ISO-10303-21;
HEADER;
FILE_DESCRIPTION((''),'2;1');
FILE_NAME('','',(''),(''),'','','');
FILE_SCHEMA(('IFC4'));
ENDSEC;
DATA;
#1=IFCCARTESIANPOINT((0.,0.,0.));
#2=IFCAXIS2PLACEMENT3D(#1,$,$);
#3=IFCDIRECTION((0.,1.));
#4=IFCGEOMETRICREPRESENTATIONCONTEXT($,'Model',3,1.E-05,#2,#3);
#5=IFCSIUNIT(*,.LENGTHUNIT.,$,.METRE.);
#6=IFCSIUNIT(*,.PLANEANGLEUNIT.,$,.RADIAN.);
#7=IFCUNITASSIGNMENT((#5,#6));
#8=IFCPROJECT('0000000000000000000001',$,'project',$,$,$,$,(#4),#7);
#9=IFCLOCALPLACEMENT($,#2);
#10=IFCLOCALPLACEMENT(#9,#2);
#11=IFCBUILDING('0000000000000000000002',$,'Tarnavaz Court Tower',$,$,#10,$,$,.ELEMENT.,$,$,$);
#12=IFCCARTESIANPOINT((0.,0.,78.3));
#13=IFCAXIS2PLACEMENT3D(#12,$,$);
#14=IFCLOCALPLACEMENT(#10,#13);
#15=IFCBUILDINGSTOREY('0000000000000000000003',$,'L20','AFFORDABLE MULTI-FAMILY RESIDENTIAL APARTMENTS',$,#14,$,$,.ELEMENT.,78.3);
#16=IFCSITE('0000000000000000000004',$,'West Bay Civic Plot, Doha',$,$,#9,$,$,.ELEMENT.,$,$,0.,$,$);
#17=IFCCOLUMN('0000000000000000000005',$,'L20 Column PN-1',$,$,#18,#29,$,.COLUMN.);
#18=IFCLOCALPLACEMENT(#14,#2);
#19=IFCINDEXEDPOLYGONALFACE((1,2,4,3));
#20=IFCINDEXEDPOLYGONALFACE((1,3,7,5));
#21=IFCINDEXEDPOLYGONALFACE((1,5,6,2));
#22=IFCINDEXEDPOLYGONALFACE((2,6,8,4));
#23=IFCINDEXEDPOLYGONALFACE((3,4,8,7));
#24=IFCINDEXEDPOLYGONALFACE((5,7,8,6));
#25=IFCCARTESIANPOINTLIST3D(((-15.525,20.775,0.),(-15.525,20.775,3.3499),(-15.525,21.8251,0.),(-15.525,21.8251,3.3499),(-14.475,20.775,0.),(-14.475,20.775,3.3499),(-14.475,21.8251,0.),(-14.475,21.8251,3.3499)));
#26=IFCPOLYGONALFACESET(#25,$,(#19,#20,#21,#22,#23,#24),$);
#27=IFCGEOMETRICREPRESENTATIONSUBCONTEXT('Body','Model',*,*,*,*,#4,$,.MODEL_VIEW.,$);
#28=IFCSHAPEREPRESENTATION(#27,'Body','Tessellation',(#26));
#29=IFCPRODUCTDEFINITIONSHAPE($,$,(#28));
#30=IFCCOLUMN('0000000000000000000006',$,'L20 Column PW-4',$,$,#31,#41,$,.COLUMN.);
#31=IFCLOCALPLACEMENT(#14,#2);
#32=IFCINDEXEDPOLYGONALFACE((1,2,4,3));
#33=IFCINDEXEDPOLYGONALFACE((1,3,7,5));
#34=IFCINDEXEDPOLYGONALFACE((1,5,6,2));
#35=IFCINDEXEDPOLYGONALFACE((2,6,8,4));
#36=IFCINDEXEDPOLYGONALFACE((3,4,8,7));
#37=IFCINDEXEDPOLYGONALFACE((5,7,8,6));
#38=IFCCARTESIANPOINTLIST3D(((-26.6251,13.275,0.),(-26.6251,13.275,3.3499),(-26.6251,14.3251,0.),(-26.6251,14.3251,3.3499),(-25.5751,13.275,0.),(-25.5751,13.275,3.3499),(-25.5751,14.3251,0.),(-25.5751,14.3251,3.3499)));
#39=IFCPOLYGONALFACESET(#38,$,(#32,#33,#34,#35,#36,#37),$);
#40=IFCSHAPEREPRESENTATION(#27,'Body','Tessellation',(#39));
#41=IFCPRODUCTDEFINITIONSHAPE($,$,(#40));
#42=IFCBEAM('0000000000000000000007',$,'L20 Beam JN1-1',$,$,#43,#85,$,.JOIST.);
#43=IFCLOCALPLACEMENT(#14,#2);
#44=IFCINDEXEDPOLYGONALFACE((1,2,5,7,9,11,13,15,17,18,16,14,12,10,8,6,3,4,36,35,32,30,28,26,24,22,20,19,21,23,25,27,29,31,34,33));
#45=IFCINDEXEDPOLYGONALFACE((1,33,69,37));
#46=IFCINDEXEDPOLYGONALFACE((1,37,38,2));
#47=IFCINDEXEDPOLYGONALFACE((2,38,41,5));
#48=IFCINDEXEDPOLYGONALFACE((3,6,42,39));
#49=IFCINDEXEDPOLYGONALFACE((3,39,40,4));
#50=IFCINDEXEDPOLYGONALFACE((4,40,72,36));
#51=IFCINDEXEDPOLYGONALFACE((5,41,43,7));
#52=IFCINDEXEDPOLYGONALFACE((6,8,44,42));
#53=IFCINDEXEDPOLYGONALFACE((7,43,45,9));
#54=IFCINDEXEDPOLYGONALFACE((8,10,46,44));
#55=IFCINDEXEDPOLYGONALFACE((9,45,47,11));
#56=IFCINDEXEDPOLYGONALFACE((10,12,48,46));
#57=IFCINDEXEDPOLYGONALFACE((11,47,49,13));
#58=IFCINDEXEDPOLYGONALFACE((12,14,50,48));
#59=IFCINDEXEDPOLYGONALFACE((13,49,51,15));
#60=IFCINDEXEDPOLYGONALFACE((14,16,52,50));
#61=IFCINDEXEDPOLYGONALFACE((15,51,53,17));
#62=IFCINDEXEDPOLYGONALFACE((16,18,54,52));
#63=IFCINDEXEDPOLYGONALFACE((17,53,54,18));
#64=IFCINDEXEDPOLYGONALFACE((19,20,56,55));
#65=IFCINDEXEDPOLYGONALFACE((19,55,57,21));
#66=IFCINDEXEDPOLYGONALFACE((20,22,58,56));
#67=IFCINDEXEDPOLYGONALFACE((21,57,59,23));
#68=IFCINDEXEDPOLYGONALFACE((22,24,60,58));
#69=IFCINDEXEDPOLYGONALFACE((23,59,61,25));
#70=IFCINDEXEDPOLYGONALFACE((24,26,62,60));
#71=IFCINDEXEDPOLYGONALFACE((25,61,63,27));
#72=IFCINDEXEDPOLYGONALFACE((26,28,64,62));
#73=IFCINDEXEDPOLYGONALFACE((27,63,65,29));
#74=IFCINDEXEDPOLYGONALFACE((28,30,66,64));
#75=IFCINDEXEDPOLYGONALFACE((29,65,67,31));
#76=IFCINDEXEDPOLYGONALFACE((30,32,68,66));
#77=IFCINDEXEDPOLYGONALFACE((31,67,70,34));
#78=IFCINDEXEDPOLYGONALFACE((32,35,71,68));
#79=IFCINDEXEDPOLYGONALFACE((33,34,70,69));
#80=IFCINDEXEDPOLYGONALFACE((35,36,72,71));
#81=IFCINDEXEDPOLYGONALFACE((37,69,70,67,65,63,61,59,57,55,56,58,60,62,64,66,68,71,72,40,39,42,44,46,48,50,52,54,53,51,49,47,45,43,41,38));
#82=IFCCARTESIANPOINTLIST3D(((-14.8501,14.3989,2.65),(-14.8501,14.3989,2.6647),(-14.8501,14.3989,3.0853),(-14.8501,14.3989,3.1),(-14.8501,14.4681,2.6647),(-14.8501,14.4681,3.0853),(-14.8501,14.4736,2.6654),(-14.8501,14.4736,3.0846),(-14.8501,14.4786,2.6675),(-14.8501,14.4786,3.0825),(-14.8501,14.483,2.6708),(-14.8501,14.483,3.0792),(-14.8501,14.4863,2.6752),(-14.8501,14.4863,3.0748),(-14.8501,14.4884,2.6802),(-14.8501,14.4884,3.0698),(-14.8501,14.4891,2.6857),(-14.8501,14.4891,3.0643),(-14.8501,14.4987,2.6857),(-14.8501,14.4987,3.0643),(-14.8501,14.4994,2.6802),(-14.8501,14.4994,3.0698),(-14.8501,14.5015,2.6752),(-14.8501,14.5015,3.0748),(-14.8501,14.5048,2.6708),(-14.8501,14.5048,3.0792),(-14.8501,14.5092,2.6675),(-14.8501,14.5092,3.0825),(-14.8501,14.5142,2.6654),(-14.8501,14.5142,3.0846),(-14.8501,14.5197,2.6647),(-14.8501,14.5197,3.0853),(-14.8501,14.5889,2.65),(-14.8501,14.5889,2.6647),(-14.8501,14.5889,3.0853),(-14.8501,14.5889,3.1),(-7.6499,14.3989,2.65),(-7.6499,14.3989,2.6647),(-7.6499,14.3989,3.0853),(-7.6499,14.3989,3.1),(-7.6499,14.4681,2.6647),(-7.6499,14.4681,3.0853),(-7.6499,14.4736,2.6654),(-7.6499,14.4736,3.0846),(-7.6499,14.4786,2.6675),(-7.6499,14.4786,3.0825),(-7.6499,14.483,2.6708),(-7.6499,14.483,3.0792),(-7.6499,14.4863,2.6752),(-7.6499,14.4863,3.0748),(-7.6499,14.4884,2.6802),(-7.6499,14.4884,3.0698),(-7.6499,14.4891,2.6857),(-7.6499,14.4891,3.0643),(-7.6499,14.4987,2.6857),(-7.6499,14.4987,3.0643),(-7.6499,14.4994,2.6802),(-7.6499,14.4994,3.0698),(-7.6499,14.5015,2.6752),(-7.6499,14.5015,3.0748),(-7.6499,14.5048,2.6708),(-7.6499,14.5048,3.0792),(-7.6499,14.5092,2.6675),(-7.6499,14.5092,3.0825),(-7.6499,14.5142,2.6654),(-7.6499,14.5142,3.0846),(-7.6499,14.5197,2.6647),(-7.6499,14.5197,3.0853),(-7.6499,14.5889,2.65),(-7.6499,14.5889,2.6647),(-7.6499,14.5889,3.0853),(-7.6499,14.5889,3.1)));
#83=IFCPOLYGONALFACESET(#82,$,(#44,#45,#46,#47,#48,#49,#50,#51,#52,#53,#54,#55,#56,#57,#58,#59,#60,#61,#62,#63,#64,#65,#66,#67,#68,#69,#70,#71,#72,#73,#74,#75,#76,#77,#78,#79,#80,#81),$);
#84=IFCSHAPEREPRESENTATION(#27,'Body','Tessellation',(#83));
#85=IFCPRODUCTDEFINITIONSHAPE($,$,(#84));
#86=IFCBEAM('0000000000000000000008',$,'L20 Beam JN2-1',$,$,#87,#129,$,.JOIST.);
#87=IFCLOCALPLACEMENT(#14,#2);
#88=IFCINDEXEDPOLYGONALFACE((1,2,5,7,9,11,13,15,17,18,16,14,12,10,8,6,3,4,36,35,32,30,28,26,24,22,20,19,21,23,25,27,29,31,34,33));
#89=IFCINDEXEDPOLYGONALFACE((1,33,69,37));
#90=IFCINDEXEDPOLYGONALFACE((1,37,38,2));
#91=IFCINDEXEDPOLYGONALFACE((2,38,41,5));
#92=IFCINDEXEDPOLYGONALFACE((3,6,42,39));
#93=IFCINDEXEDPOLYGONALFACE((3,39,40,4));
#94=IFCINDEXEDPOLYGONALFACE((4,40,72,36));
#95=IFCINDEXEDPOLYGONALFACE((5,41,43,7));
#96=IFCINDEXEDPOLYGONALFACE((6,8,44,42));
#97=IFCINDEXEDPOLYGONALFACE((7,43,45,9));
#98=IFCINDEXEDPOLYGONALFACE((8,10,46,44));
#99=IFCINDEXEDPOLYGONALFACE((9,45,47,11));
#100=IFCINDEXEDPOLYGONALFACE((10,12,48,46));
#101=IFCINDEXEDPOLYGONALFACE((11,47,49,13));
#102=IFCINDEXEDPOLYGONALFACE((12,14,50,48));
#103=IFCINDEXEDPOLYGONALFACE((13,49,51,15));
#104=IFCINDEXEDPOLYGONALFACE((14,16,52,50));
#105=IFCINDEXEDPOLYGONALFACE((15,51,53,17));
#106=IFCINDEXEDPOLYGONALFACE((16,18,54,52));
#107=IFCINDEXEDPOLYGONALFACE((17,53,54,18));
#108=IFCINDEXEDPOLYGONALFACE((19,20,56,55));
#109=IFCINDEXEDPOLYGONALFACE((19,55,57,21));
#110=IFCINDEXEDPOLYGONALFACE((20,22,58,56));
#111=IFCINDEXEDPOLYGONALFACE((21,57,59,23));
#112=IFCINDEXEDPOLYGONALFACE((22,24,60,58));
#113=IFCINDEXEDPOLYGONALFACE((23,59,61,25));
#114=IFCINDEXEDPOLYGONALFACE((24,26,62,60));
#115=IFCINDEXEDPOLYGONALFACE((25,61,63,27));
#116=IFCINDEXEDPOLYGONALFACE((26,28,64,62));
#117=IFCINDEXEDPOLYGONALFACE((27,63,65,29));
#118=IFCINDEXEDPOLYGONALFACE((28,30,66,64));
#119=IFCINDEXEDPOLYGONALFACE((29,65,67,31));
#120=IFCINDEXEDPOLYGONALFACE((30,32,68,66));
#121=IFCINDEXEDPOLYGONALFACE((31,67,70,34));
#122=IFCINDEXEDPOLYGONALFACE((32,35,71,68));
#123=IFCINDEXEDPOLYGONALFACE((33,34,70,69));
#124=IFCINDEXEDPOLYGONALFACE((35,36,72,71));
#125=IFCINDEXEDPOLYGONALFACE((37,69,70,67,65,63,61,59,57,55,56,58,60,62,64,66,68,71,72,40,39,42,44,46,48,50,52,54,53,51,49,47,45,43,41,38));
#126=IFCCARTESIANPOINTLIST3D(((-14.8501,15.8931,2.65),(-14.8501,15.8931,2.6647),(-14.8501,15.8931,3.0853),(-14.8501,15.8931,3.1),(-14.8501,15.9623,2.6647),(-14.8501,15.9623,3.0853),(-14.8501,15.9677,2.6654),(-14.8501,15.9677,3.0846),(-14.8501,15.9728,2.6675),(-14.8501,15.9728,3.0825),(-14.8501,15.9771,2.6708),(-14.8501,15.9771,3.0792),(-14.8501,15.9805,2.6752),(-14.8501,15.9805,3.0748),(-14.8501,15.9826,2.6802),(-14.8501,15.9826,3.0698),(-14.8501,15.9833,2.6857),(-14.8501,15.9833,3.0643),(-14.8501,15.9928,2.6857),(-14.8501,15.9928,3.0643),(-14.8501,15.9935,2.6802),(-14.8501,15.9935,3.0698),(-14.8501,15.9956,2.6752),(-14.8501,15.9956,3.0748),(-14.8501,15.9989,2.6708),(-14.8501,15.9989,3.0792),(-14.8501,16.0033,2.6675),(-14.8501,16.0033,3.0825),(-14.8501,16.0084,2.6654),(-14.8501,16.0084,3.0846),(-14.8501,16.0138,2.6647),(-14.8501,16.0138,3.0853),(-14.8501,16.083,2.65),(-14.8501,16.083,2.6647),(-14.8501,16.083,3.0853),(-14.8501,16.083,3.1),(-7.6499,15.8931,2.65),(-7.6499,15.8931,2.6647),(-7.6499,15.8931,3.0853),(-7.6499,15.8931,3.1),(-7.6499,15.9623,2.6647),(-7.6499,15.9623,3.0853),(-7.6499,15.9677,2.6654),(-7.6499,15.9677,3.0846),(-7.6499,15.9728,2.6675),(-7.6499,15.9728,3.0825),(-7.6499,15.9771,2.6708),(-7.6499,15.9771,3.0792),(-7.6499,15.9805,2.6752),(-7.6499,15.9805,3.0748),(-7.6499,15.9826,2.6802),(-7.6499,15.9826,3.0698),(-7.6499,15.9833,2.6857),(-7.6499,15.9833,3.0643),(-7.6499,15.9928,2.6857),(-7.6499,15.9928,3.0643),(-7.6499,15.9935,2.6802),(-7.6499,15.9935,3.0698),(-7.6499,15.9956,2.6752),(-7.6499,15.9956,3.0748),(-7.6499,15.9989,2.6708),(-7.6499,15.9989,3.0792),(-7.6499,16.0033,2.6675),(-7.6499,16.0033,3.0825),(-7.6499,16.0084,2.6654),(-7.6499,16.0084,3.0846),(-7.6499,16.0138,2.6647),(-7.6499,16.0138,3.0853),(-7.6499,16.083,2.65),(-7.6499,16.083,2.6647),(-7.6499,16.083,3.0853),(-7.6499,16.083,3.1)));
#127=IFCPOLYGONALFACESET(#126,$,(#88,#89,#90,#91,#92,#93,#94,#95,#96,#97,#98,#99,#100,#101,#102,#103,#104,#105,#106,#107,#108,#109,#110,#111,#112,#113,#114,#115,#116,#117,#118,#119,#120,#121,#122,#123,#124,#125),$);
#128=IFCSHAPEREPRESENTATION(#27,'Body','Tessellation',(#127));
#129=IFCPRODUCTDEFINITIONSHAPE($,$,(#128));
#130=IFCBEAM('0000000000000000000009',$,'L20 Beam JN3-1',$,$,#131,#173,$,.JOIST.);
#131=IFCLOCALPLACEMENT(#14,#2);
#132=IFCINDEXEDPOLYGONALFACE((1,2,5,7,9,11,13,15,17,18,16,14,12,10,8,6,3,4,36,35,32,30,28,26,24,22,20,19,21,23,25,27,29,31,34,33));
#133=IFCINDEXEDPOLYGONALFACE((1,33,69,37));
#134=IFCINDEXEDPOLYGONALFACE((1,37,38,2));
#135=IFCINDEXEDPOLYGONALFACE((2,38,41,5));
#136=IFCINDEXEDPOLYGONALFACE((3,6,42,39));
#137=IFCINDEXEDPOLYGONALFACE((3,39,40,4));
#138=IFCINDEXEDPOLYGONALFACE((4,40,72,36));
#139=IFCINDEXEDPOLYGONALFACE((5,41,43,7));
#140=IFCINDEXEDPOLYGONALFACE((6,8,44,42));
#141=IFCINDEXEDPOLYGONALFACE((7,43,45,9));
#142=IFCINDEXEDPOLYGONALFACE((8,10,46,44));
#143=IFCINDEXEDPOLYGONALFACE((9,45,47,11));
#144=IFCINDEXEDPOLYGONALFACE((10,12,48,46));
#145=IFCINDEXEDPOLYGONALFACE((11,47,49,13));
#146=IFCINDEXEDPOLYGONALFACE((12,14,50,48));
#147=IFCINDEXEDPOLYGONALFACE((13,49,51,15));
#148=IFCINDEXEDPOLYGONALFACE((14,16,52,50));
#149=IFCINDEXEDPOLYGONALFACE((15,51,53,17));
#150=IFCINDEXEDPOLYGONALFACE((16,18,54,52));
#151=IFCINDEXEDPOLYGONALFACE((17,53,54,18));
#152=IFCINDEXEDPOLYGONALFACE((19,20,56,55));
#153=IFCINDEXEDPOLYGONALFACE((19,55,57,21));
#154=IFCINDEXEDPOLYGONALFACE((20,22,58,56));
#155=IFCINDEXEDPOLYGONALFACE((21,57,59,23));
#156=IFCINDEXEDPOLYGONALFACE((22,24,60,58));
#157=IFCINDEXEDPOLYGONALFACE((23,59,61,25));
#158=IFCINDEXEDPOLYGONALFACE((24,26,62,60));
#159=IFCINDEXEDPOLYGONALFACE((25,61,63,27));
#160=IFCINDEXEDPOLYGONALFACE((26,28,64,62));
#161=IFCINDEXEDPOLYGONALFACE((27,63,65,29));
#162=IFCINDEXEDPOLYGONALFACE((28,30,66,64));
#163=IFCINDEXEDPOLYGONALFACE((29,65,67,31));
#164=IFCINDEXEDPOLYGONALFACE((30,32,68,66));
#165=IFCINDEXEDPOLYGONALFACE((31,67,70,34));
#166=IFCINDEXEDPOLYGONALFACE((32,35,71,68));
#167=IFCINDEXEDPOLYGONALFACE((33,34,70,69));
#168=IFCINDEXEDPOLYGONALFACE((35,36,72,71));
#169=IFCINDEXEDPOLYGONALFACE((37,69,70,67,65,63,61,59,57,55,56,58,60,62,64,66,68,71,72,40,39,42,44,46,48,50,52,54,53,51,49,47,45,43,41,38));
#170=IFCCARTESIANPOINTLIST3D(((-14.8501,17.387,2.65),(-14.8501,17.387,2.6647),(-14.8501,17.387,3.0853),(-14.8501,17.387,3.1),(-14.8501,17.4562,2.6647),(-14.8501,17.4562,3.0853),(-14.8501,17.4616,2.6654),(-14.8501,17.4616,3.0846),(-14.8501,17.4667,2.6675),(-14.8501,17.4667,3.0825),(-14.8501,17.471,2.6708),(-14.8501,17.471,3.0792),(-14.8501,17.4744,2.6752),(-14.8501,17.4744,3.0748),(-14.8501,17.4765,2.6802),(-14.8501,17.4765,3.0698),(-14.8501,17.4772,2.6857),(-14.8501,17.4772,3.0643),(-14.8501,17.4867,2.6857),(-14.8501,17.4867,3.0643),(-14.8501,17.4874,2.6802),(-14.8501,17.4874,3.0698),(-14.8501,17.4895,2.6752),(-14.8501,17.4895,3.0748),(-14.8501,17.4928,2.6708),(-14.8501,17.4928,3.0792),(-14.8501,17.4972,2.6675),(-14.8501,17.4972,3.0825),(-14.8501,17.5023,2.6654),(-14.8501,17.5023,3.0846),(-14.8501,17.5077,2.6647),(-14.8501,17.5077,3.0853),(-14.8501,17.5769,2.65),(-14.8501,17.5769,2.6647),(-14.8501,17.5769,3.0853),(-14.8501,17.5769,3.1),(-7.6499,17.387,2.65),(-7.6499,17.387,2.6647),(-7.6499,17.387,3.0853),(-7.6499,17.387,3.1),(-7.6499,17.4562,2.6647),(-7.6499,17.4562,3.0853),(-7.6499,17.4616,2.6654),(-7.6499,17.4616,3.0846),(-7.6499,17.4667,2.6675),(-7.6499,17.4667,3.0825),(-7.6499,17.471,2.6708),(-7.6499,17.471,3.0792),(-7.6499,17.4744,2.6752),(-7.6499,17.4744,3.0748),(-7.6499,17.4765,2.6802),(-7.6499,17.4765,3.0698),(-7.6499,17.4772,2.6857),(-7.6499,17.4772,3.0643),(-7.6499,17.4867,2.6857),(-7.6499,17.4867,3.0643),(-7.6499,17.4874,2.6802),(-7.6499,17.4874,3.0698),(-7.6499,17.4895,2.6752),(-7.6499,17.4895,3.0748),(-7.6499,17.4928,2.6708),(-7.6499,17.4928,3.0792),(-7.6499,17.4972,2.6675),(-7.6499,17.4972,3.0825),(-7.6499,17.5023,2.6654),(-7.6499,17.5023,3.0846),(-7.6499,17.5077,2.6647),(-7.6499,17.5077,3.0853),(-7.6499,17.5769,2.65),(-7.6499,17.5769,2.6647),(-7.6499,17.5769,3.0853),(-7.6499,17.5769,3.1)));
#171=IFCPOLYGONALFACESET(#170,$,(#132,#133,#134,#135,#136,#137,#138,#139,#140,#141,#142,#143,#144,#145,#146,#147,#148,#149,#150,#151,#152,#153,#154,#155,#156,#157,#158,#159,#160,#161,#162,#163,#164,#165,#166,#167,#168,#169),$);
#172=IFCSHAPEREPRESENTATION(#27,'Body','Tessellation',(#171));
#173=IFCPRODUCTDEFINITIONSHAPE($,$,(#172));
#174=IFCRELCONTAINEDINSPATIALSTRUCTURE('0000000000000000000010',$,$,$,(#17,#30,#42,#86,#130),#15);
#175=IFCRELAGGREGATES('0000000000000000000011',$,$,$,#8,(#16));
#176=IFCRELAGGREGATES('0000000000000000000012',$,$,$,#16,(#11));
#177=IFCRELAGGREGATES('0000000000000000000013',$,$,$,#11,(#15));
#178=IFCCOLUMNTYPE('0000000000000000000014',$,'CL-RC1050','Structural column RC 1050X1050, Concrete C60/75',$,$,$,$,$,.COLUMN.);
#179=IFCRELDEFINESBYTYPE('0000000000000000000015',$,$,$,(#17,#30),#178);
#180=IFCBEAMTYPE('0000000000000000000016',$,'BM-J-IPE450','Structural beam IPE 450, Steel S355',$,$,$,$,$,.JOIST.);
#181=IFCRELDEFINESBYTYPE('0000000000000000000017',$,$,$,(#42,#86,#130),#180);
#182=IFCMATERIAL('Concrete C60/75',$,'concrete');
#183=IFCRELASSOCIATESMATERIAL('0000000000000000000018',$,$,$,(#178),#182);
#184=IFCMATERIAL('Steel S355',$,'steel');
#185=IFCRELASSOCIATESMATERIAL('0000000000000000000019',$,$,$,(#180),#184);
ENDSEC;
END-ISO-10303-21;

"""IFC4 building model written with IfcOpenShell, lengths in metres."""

from ifc_helpers import new_model, si_unit, direction, frame, origin, origin_2d, place, context, subcontext, project, spatial, rectangle, i_section, extrude, material, material_profile, profile_set, type_object, element, save


model = new_model("IFC4")

# Units and contexts
model_context = context("Model", 3, precision=1e-05, world=origin(), true_north=direction((0.0, 1.0)))
body_context = subcontext(model_context, "Body", "Model", "MODEL_VIEW")
ifc_project = project(units=[si_unit("LENGTHUNIT", "METRE"), si_unit("PLANEANGLEUNIT", "RADIAN")], contexts=[model_context])

# Site, building, storey
site_placement = place(None, origin())
site = spatial("IfcSite", under=ifc_project, at=site_placement, Name="West Bay Civic Plot, Doha", CompositionType="ELEMENT", RefElevation=0.0)
building_placement = place(site_placement, origin())
building = spatial("IfcBuilding", under=site, at=building_placement, Name="Tarnavaz Court Tower", CompositionType="ELEMENT")
storey_placement = place(building_placement, frame((0.0, 0.0, 78.3)))
storey = spatial("IfcBuildingStorey", under=building, at=storey_placement, Name="L20", Description="AFFORDABLE MULTI-FAMILY RESIDENTIAL APARTMENTS", CompositionType="ELEMENT", Elevation=78.3)

# Columns
ifc_material_1 = material(Name="Concrete C60/75", Category="concrete")
ifc_material_profile_1 = material_profile(ifc_material_1, rectangle(XDim=1.05, YDim=1.05, at=origin_2d()), Name="RC 1050X1050")
ifc_profile_set_1 = profile_set([ifc_material_profile_1], Name="Concrete C60/75")
column_type = type_object("IfcColumnType", Name="CL-RC1050", Description="Structural column RC 1050X1050, Concrete C60/75", PredefinedType="COLUMN", material=ifc_profile_set_1)
for number, where, z_axis, x_axis, name in (
    (1, (-15.0, 21.3, 0.0), (0.0, 0.0, 1.0), (1.0, 0.0, 0.0), "L20 Column PN-1"),
    (2, (-26.1001, 13.8, 0.0), (0.0, 0.0, 1.0), (1.0, 0.0, 0.0), "L20 Column PW-4"),
):
    element("IfcColumn", number, at=place(storey_placement, frame(where, z_axis=z_axis, x_axis=x_axis)), inside=storey, type_object=column_type, Name=name, PredefinedType="COLUMN", context=body_context, shape_type="SweptSolid", body=[
        extrude(rectangle(XDim=1.05, YDim=1.05, at=origin_2d()), origin(), (0.0, 0.0, 1.0), 3.3499),
    ])

# Beams
ifc_material_2 = material(Name="Steel S355", Category="steel")
ifc_material_profile_2 = material_profile(ifc_material_2, i_section(OverallWidth=0.1899, OverallDepth=0.45, WebThickness=0.0095, FlangeThickness=0.0146, FilletRadius=0.021, at=origin_2d()), Name="IPE 450")
ifc_profile_set_2 = profile_set([ifc_material_profile_2], Name="Steel S355")
beam_type_1 = type_object("IfcBeamType", Name="BM-J-IPE450", Description="Structural beam IPE 450, Steel S355", PredefinedType="JOIST", material=ifc_profile_set_2)
for number, where, z_axis, x_axis, name in (
    (3, (-14.8501, 14.4939, 2.875), (1.0, 0.0, 0.0), (0.0, 1.0, 0.0), "L20 Beam JN1-1"),
    (4, (-14.8501, 15.988, 2.875), (1.0, 0.0, 0.0), (0.0, 1.0, 0.0), "L20 Beam JN2-1"),
    (5, (-14.8501, 17.4819, 2.875), (1.0, 0.0, 0.0), (0.0, 1.0, 0.0), "L20 Beam JN3-1"),
):
    element("IfcBeam", number, at=place(storey_placement, frame(where, z_axis=z_axis, x_axis=x_axis)), inside=storey, type_object=beam_type_1, Name=name, PredefinedType="JOIST", context=body_context, shape_type="SweptSolid", body=[
        extrude(i_section(OverallWidth=0.1899, OverallDepth=0.45, WebThickness=0.0095, FlangeThickness=0.0146, FilletRadius=0.021, at=origin_2d()), origin(), (0.0, 0.0, 1.0), 7.2002),
    ])

save(model, "model.ifc")
